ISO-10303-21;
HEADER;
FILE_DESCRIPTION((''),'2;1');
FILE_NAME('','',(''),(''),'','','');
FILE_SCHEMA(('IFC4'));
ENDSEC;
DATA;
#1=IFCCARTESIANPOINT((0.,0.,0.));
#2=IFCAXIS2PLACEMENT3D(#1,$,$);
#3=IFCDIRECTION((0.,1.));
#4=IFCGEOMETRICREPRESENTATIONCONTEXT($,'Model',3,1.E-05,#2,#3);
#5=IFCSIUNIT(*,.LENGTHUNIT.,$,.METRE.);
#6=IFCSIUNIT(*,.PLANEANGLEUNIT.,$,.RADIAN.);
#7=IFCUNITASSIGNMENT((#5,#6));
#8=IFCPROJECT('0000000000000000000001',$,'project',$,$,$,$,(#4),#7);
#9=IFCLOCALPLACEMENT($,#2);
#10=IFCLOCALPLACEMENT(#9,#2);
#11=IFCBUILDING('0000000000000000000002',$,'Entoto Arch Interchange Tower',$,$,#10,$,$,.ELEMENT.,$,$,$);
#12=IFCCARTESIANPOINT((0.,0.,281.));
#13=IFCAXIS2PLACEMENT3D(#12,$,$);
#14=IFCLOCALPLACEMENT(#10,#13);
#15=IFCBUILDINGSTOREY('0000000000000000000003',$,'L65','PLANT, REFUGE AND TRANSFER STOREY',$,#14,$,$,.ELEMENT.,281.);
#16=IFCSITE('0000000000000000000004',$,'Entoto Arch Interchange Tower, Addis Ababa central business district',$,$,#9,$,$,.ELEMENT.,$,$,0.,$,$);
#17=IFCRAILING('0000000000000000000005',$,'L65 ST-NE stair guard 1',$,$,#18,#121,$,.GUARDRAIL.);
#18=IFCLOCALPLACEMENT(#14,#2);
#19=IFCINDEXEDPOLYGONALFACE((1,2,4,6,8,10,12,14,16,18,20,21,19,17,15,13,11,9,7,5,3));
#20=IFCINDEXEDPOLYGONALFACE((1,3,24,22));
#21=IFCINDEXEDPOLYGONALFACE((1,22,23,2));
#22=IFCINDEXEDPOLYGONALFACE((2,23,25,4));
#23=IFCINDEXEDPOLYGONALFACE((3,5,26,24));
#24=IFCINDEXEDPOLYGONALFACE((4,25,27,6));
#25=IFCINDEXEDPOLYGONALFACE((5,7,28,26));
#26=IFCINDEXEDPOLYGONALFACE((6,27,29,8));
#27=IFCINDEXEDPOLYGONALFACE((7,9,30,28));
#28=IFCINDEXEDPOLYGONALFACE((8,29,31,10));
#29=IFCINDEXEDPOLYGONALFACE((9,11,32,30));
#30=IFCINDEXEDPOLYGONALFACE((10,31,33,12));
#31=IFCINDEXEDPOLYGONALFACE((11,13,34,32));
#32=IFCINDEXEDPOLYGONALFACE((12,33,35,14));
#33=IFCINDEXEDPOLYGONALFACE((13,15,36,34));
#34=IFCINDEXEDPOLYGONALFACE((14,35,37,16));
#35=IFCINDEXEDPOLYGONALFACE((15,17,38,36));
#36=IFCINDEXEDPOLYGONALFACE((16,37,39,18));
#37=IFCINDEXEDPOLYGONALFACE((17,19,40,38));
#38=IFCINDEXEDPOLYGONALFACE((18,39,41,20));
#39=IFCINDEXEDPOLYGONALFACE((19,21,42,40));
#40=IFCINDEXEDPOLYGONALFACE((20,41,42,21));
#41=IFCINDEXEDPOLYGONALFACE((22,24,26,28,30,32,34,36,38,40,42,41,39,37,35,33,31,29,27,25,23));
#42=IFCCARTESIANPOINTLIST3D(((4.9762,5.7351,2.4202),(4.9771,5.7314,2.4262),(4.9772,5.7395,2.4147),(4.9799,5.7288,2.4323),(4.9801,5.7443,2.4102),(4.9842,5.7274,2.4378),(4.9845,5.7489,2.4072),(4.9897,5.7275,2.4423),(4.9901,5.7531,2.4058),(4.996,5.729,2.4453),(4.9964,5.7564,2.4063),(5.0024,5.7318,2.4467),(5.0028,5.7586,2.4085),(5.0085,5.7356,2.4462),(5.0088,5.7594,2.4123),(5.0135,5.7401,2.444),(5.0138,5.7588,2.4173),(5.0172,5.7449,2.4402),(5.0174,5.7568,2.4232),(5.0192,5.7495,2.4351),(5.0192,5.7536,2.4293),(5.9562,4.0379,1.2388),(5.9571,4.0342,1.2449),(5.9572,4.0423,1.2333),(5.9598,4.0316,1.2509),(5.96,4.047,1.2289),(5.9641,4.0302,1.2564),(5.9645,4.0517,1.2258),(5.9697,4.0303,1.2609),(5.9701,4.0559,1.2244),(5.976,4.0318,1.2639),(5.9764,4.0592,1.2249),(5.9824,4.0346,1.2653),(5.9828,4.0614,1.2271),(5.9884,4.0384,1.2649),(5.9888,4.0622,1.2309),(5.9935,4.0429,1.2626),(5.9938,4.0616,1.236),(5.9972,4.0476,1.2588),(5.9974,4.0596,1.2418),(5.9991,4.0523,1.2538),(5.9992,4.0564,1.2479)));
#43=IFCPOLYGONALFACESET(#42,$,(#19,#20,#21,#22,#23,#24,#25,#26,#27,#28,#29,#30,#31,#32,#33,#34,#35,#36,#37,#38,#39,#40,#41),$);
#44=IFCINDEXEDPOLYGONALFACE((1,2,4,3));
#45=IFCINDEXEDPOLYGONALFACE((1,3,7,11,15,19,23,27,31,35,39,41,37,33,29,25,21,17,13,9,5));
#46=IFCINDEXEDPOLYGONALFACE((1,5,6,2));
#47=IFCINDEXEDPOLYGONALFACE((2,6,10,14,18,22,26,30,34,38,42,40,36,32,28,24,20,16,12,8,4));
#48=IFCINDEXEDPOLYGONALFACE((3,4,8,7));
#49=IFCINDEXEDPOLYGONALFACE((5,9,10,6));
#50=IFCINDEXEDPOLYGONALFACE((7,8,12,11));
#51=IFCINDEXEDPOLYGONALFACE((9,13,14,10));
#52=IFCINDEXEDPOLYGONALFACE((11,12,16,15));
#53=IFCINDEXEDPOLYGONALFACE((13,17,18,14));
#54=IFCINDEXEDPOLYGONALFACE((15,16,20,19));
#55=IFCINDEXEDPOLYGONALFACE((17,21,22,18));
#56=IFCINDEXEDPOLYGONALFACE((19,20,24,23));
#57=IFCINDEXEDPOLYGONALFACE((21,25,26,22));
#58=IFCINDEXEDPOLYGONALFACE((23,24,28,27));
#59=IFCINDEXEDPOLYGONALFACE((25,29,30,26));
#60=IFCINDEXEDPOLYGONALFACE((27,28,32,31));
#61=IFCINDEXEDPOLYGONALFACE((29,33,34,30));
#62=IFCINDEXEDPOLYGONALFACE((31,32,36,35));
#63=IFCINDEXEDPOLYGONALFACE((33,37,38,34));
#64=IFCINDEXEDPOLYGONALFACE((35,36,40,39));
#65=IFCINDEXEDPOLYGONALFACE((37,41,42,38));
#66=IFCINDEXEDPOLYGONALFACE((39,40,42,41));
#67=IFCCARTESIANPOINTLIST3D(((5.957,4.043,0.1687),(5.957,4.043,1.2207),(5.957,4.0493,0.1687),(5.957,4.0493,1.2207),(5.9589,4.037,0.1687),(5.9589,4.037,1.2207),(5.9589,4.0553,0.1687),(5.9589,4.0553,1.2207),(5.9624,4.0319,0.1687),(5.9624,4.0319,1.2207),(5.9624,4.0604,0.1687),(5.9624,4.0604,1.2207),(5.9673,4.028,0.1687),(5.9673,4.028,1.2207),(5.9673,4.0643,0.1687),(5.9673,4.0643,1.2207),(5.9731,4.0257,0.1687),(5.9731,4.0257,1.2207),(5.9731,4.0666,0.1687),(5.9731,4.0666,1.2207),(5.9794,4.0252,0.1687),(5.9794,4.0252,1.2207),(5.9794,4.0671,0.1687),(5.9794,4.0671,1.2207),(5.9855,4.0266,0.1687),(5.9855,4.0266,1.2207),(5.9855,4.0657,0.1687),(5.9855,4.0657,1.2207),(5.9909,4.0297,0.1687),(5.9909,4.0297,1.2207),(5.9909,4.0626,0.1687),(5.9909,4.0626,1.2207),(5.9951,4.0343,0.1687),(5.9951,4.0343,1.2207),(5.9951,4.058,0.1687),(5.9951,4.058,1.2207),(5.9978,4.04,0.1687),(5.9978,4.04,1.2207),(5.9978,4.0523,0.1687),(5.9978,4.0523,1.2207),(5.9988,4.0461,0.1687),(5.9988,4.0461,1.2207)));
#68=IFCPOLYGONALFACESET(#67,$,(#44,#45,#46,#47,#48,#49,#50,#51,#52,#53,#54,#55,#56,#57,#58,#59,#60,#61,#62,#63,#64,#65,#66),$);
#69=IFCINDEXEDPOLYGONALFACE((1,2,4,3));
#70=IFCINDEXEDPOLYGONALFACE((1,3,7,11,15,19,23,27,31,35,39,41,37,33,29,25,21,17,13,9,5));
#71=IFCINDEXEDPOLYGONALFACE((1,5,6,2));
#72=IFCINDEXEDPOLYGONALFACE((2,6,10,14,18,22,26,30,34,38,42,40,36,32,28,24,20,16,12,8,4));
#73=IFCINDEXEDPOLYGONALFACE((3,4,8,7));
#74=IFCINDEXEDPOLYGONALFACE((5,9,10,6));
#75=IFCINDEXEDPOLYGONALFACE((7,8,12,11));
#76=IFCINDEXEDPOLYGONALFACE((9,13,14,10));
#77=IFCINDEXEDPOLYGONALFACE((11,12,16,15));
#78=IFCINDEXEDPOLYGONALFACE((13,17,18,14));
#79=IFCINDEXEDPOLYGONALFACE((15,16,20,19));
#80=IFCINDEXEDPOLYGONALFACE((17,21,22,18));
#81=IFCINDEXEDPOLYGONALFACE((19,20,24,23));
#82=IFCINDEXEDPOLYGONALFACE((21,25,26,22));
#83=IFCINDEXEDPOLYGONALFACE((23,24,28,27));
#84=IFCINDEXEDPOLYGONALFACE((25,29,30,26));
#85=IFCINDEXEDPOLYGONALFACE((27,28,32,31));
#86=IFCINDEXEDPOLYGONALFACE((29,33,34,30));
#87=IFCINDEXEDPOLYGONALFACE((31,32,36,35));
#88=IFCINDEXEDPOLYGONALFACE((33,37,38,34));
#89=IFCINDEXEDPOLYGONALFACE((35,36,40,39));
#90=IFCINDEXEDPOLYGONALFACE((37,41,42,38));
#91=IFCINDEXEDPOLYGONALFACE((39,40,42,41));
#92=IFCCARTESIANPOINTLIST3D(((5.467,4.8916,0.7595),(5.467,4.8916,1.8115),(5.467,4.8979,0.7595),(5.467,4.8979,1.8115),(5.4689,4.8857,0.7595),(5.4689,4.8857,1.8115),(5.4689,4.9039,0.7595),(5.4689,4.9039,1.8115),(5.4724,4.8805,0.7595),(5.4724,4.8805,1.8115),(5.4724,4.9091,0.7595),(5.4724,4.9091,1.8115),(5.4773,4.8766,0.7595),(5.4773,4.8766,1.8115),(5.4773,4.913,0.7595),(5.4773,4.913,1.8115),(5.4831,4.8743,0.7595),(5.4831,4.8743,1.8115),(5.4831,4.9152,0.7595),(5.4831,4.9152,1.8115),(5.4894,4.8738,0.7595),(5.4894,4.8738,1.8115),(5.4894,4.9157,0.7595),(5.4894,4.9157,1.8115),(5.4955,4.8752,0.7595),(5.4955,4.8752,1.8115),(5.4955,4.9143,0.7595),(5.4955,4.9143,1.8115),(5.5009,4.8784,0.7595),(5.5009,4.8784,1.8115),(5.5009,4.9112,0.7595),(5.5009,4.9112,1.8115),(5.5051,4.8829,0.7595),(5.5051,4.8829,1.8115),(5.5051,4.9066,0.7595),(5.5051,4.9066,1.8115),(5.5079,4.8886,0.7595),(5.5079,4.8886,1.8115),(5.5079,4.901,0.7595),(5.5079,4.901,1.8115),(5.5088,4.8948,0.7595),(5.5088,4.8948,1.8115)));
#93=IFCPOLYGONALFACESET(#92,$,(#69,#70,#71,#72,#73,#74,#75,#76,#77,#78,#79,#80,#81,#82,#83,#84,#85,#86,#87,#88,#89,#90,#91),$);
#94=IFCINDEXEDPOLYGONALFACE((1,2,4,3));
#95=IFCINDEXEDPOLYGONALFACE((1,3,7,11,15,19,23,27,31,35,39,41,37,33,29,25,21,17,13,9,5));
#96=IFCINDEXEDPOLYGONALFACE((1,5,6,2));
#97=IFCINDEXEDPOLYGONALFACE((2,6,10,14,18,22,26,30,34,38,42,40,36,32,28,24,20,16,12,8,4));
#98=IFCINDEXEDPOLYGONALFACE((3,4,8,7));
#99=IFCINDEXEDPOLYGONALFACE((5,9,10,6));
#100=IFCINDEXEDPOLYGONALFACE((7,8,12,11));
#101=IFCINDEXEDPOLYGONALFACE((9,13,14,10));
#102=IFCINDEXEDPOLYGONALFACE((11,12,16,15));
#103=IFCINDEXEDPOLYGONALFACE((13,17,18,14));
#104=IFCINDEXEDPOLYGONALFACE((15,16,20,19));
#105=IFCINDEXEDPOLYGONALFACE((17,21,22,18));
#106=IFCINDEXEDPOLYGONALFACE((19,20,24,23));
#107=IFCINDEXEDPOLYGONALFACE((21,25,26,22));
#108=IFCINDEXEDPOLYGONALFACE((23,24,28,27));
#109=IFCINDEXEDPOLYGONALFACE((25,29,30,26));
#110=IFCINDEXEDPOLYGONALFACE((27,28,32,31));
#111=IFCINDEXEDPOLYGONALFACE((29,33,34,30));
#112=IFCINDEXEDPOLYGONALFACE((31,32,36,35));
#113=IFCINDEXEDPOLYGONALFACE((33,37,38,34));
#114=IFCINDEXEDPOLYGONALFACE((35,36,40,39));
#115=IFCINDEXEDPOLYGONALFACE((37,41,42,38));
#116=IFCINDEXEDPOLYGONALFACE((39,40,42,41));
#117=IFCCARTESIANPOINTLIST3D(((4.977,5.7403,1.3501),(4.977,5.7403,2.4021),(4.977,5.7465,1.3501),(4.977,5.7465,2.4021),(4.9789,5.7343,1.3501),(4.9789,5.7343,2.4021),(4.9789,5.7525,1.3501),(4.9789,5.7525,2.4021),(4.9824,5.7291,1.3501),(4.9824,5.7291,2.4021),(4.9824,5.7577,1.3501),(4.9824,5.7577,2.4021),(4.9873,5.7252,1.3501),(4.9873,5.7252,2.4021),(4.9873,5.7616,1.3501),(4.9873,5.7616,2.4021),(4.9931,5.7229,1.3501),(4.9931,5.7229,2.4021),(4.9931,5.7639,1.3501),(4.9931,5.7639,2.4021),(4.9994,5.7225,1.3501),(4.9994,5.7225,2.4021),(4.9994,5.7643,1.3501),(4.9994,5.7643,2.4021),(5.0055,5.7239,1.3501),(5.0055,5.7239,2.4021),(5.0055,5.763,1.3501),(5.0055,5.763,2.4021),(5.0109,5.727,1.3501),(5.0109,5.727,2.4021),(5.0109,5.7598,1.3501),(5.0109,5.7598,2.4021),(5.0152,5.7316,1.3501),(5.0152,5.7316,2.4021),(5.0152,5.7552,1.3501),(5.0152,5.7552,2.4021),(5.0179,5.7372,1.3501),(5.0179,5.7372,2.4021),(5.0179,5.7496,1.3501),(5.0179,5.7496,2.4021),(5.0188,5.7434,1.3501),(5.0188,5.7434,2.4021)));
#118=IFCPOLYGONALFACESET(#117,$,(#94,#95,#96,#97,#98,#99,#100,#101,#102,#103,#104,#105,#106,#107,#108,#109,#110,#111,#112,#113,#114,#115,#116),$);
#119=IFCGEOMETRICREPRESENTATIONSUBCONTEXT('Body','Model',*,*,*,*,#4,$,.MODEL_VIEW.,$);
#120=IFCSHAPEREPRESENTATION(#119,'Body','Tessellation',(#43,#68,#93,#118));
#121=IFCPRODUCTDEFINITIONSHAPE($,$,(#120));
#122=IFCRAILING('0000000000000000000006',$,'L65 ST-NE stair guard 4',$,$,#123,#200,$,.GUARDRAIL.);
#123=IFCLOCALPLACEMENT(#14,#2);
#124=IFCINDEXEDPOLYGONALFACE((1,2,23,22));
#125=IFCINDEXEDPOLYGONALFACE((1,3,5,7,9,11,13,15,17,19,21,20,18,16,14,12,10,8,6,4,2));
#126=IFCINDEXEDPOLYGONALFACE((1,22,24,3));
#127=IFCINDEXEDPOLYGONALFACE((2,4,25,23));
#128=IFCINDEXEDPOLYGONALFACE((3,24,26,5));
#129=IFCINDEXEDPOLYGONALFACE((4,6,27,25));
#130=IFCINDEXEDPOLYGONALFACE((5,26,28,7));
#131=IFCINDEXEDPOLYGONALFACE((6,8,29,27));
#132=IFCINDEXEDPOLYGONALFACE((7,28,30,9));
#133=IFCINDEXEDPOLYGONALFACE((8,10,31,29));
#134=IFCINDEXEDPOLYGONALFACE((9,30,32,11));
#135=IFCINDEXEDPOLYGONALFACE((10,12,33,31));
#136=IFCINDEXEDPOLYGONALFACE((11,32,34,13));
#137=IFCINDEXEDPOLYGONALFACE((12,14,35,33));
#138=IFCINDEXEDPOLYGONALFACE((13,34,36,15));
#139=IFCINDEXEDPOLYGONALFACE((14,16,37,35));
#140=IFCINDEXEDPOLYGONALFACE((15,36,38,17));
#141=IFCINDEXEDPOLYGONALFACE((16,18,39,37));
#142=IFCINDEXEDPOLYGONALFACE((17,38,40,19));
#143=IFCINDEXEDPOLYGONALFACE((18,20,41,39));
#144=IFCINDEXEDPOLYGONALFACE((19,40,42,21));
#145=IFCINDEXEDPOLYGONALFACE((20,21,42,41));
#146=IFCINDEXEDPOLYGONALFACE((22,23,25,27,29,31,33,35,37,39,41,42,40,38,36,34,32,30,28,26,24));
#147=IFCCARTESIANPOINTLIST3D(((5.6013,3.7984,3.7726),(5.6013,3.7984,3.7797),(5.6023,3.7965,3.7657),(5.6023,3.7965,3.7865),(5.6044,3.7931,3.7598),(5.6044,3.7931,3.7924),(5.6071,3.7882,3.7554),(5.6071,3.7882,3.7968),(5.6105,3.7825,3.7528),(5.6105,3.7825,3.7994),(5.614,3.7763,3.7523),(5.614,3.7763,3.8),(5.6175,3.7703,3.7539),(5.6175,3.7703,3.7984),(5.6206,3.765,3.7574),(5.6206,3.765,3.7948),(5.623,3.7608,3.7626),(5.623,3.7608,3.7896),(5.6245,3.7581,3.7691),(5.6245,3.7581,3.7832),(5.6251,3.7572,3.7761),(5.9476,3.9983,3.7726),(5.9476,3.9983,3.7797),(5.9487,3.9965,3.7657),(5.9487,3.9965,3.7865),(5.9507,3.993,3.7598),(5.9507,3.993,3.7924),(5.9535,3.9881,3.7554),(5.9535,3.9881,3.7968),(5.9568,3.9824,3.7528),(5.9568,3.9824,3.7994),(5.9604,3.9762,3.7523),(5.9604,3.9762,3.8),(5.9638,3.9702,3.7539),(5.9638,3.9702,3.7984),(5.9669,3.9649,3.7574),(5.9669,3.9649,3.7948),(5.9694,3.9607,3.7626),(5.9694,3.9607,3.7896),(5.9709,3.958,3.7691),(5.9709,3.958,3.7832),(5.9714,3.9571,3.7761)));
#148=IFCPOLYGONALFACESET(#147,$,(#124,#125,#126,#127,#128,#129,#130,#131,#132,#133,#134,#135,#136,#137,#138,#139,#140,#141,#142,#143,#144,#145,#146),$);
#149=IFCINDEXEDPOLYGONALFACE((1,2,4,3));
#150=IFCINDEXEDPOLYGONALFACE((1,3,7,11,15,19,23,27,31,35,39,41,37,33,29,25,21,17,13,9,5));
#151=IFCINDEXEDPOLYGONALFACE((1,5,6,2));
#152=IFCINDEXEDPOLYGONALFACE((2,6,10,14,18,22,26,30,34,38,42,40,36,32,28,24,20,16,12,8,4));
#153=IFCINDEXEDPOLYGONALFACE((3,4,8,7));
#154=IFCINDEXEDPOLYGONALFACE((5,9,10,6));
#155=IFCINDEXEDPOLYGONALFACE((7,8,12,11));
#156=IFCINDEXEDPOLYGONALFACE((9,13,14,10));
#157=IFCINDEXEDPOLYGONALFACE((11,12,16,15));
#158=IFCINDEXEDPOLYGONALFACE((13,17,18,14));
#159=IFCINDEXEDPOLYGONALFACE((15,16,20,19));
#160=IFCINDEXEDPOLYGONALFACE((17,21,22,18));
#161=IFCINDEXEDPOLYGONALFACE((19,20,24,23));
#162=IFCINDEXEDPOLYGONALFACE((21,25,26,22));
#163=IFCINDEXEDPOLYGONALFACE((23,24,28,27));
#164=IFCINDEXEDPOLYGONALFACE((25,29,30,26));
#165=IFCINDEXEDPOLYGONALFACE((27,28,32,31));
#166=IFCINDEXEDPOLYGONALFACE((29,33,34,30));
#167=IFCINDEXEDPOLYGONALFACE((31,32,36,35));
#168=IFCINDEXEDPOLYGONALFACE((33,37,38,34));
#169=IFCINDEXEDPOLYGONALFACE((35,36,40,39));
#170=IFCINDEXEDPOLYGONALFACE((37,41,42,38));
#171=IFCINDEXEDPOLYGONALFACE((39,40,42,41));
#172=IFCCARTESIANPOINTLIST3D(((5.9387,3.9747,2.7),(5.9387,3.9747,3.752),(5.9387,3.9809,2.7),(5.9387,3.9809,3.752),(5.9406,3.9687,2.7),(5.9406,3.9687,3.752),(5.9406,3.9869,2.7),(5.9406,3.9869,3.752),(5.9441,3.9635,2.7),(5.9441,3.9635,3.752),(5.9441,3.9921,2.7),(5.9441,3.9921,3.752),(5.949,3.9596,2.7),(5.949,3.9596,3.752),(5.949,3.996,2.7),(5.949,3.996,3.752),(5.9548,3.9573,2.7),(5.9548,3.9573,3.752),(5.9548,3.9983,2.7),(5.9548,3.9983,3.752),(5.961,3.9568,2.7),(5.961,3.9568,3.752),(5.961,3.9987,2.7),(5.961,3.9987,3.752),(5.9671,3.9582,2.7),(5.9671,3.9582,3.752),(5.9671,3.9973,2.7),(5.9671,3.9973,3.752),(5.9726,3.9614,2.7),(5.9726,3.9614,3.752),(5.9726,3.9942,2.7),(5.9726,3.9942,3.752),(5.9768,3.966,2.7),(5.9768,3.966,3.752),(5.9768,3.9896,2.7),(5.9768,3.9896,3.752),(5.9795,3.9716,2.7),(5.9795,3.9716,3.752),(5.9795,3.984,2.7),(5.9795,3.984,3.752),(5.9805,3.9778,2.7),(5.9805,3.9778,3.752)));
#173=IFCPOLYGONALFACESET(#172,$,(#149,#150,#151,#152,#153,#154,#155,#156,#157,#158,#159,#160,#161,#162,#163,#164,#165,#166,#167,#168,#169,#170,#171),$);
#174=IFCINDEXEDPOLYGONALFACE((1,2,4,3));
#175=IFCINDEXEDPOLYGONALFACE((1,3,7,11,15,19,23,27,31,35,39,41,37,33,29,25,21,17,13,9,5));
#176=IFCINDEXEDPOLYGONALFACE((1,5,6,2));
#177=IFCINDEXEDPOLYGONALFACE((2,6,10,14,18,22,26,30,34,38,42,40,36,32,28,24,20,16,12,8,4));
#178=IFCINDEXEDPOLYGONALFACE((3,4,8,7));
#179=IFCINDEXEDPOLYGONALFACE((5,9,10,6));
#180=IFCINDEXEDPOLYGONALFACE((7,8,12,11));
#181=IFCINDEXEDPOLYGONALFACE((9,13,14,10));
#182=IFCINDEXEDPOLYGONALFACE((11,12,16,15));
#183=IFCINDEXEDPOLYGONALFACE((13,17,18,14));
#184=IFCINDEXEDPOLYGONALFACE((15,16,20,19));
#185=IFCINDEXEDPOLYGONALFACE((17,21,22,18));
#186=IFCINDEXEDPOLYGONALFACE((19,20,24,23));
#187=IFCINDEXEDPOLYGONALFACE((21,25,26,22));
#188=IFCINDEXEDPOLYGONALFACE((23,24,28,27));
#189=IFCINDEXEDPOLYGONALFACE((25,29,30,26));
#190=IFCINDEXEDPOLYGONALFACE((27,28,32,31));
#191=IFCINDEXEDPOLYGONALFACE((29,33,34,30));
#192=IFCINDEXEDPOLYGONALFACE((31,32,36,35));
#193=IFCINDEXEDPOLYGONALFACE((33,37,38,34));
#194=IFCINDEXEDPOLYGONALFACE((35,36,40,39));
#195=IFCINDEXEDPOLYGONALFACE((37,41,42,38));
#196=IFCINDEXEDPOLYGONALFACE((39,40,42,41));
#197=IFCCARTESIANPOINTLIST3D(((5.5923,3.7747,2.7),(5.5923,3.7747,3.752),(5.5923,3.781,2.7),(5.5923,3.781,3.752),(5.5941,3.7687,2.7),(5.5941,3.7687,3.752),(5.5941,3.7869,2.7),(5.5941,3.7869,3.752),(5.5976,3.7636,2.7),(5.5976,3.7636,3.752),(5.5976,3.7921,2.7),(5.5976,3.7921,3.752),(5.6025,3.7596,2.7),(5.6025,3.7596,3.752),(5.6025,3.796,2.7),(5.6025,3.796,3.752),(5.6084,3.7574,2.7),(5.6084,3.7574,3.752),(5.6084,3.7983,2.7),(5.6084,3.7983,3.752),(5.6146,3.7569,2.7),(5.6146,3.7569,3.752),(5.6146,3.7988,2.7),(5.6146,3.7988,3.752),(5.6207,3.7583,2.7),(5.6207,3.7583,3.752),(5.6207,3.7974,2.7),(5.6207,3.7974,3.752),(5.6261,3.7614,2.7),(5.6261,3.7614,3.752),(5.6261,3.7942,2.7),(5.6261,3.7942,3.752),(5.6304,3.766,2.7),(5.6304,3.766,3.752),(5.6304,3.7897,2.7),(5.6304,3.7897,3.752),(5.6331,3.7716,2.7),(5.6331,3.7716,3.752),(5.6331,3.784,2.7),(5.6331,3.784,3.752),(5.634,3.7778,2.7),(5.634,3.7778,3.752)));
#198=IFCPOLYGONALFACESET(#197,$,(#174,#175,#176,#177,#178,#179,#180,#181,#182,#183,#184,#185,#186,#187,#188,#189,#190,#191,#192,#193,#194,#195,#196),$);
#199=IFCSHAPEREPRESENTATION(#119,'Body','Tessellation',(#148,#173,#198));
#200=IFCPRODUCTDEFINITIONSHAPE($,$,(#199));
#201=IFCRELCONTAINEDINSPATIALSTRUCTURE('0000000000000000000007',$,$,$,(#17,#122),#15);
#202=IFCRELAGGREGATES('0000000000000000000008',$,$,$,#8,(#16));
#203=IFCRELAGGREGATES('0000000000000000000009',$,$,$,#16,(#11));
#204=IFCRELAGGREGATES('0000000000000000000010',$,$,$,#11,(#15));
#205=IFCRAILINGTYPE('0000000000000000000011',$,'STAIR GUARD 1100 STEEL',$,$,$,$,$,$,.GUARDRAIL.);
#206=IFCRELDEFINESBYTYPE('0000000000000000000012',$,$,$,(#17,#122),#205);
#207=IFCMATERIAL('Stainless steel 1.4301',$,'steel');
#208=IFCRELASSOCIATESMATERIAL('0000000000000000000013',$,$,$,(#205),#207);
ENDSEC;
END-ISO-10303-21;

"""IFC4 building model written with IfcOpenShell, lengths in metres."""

from ifc_helpers import new_model, si_unit, direction, frame, origin, origin_2d, place, context, subcontext, project, spatial, circle, extrude, material, type_object, element, save


model = new_model("IFC4")

# Units and contexts
model_context = context("Model", 3, precision=1e-05, world=origin(), true_north=direction((0.0, 1.0)))
body_context = subcontext(model_context, "Body", "Model", "MODEL_VIEW")
ifc_project = project(units=[si_unit("LENGTHUNIT", "METRE"), si_unit("PLANEANGLEUNIT", "RADIAN")], contexts=[model_context])

# Site, building, storey
site_placement = place(None, origin())
site = spatial("IfcSite", under=ifc_project, at=site_placement, Name="Entoto Arch Interchange Tower, Addis Ababa central business district", CompositionType="ELEMENT", RefElevation=0.0)
building_placement = place(site_placement, origin())
building = spatial("IfcBuilding", under=site, at=building_placement, Name="Entoto Arch Interchange Tower", CompositionType="ELEMENT")
storey_placement = place(building_placement, frame((0.0, 0.0, 281.0)))
storey = spatial("IfcBuildingStorey", under=building, at=storey_placement, Name="L65", Description="PLANT, REFUGE AND TRANSFER STOREY", CompositionType="ELEMENT", Elevation=281.0)

# Railings
ifc_material_1 = material(Name="Stainless steel 1.4301", Category="steel")
railing_type_1 = type_object("IfcRailingType", Name="STAIR GUARD 1100 STEEL", PredefinedType="GUARDRAIL", material=ifc_material_1)
railing_1_placement = place(storey_placement, frame((5.9778, 4.0461, 0.1687)))
element("IfcRailing", 1, at=railing_1_placement, inside=storey, type_object=railing_type_1, Name="L65 ST-NE stair guard 1", PredefinedType="GUARDRAIL", context=body_context, shape_type="SweptSolid", body=[
    extrude(circle(Radius=0.0239, at=origin_2d()), frame((0.0, 0.0, 1.0762), z_axis=(-0.428238, 0.741683, 0.516255), x_axis=(-0.866011, -0.500024, 0.0)), (0.0, 0.0, 1.0), 2.2883),
    extrude(circle(Radius=0.021, at=origin_2d()), origin(), (0.0, 0.0, 1.0), 1.052),
    extrude(circle(Radius=0.021, at=origin_2d()), frame((-0.49, 0.8486, 0.5908)), (0.0, 0.0, 1.0), 1.052),
    extrude(circle(Radius=0.021, at=origin_2d()), frame((-0.98, 1.6973, 1.1814)), (0.0, 0.0, 1.0), 1.052),
])
railing_2_placement = place(storey_placement, frame((5.9595, 3.9778, 2.7)))
element("IfcRailing", 2, at=railing_2_placement, inside=storey, type_object=railing_type_1, Name="L65 ST-NE stair guard 4", PredefinedType="GUARDRAIL", context=body_context, shape_type="SweptSolid", body=[
    extrude(circle(Radius=0.0239, at=origin_2d()), frame((0.0, 0.0, 1.0762), z_axis=(-0.866094, -0.499881, 0.0), x_axis=(0.499881, -0.866094, 0.0)), (0.0, 0.0, 1.0), 0.3999),
    extrude(circle(Radius=0.021, at=origin_2d()), origin(), (0.0, 0.0, 1.0), 1.052),
    extrude(circle(Radius=0.021, at=origin_2d()), frame((-0.3464, -0.2, 0.0)), (0.0, 0.0, 1.0), 1.052),
])

save(model, "model.ifc")
